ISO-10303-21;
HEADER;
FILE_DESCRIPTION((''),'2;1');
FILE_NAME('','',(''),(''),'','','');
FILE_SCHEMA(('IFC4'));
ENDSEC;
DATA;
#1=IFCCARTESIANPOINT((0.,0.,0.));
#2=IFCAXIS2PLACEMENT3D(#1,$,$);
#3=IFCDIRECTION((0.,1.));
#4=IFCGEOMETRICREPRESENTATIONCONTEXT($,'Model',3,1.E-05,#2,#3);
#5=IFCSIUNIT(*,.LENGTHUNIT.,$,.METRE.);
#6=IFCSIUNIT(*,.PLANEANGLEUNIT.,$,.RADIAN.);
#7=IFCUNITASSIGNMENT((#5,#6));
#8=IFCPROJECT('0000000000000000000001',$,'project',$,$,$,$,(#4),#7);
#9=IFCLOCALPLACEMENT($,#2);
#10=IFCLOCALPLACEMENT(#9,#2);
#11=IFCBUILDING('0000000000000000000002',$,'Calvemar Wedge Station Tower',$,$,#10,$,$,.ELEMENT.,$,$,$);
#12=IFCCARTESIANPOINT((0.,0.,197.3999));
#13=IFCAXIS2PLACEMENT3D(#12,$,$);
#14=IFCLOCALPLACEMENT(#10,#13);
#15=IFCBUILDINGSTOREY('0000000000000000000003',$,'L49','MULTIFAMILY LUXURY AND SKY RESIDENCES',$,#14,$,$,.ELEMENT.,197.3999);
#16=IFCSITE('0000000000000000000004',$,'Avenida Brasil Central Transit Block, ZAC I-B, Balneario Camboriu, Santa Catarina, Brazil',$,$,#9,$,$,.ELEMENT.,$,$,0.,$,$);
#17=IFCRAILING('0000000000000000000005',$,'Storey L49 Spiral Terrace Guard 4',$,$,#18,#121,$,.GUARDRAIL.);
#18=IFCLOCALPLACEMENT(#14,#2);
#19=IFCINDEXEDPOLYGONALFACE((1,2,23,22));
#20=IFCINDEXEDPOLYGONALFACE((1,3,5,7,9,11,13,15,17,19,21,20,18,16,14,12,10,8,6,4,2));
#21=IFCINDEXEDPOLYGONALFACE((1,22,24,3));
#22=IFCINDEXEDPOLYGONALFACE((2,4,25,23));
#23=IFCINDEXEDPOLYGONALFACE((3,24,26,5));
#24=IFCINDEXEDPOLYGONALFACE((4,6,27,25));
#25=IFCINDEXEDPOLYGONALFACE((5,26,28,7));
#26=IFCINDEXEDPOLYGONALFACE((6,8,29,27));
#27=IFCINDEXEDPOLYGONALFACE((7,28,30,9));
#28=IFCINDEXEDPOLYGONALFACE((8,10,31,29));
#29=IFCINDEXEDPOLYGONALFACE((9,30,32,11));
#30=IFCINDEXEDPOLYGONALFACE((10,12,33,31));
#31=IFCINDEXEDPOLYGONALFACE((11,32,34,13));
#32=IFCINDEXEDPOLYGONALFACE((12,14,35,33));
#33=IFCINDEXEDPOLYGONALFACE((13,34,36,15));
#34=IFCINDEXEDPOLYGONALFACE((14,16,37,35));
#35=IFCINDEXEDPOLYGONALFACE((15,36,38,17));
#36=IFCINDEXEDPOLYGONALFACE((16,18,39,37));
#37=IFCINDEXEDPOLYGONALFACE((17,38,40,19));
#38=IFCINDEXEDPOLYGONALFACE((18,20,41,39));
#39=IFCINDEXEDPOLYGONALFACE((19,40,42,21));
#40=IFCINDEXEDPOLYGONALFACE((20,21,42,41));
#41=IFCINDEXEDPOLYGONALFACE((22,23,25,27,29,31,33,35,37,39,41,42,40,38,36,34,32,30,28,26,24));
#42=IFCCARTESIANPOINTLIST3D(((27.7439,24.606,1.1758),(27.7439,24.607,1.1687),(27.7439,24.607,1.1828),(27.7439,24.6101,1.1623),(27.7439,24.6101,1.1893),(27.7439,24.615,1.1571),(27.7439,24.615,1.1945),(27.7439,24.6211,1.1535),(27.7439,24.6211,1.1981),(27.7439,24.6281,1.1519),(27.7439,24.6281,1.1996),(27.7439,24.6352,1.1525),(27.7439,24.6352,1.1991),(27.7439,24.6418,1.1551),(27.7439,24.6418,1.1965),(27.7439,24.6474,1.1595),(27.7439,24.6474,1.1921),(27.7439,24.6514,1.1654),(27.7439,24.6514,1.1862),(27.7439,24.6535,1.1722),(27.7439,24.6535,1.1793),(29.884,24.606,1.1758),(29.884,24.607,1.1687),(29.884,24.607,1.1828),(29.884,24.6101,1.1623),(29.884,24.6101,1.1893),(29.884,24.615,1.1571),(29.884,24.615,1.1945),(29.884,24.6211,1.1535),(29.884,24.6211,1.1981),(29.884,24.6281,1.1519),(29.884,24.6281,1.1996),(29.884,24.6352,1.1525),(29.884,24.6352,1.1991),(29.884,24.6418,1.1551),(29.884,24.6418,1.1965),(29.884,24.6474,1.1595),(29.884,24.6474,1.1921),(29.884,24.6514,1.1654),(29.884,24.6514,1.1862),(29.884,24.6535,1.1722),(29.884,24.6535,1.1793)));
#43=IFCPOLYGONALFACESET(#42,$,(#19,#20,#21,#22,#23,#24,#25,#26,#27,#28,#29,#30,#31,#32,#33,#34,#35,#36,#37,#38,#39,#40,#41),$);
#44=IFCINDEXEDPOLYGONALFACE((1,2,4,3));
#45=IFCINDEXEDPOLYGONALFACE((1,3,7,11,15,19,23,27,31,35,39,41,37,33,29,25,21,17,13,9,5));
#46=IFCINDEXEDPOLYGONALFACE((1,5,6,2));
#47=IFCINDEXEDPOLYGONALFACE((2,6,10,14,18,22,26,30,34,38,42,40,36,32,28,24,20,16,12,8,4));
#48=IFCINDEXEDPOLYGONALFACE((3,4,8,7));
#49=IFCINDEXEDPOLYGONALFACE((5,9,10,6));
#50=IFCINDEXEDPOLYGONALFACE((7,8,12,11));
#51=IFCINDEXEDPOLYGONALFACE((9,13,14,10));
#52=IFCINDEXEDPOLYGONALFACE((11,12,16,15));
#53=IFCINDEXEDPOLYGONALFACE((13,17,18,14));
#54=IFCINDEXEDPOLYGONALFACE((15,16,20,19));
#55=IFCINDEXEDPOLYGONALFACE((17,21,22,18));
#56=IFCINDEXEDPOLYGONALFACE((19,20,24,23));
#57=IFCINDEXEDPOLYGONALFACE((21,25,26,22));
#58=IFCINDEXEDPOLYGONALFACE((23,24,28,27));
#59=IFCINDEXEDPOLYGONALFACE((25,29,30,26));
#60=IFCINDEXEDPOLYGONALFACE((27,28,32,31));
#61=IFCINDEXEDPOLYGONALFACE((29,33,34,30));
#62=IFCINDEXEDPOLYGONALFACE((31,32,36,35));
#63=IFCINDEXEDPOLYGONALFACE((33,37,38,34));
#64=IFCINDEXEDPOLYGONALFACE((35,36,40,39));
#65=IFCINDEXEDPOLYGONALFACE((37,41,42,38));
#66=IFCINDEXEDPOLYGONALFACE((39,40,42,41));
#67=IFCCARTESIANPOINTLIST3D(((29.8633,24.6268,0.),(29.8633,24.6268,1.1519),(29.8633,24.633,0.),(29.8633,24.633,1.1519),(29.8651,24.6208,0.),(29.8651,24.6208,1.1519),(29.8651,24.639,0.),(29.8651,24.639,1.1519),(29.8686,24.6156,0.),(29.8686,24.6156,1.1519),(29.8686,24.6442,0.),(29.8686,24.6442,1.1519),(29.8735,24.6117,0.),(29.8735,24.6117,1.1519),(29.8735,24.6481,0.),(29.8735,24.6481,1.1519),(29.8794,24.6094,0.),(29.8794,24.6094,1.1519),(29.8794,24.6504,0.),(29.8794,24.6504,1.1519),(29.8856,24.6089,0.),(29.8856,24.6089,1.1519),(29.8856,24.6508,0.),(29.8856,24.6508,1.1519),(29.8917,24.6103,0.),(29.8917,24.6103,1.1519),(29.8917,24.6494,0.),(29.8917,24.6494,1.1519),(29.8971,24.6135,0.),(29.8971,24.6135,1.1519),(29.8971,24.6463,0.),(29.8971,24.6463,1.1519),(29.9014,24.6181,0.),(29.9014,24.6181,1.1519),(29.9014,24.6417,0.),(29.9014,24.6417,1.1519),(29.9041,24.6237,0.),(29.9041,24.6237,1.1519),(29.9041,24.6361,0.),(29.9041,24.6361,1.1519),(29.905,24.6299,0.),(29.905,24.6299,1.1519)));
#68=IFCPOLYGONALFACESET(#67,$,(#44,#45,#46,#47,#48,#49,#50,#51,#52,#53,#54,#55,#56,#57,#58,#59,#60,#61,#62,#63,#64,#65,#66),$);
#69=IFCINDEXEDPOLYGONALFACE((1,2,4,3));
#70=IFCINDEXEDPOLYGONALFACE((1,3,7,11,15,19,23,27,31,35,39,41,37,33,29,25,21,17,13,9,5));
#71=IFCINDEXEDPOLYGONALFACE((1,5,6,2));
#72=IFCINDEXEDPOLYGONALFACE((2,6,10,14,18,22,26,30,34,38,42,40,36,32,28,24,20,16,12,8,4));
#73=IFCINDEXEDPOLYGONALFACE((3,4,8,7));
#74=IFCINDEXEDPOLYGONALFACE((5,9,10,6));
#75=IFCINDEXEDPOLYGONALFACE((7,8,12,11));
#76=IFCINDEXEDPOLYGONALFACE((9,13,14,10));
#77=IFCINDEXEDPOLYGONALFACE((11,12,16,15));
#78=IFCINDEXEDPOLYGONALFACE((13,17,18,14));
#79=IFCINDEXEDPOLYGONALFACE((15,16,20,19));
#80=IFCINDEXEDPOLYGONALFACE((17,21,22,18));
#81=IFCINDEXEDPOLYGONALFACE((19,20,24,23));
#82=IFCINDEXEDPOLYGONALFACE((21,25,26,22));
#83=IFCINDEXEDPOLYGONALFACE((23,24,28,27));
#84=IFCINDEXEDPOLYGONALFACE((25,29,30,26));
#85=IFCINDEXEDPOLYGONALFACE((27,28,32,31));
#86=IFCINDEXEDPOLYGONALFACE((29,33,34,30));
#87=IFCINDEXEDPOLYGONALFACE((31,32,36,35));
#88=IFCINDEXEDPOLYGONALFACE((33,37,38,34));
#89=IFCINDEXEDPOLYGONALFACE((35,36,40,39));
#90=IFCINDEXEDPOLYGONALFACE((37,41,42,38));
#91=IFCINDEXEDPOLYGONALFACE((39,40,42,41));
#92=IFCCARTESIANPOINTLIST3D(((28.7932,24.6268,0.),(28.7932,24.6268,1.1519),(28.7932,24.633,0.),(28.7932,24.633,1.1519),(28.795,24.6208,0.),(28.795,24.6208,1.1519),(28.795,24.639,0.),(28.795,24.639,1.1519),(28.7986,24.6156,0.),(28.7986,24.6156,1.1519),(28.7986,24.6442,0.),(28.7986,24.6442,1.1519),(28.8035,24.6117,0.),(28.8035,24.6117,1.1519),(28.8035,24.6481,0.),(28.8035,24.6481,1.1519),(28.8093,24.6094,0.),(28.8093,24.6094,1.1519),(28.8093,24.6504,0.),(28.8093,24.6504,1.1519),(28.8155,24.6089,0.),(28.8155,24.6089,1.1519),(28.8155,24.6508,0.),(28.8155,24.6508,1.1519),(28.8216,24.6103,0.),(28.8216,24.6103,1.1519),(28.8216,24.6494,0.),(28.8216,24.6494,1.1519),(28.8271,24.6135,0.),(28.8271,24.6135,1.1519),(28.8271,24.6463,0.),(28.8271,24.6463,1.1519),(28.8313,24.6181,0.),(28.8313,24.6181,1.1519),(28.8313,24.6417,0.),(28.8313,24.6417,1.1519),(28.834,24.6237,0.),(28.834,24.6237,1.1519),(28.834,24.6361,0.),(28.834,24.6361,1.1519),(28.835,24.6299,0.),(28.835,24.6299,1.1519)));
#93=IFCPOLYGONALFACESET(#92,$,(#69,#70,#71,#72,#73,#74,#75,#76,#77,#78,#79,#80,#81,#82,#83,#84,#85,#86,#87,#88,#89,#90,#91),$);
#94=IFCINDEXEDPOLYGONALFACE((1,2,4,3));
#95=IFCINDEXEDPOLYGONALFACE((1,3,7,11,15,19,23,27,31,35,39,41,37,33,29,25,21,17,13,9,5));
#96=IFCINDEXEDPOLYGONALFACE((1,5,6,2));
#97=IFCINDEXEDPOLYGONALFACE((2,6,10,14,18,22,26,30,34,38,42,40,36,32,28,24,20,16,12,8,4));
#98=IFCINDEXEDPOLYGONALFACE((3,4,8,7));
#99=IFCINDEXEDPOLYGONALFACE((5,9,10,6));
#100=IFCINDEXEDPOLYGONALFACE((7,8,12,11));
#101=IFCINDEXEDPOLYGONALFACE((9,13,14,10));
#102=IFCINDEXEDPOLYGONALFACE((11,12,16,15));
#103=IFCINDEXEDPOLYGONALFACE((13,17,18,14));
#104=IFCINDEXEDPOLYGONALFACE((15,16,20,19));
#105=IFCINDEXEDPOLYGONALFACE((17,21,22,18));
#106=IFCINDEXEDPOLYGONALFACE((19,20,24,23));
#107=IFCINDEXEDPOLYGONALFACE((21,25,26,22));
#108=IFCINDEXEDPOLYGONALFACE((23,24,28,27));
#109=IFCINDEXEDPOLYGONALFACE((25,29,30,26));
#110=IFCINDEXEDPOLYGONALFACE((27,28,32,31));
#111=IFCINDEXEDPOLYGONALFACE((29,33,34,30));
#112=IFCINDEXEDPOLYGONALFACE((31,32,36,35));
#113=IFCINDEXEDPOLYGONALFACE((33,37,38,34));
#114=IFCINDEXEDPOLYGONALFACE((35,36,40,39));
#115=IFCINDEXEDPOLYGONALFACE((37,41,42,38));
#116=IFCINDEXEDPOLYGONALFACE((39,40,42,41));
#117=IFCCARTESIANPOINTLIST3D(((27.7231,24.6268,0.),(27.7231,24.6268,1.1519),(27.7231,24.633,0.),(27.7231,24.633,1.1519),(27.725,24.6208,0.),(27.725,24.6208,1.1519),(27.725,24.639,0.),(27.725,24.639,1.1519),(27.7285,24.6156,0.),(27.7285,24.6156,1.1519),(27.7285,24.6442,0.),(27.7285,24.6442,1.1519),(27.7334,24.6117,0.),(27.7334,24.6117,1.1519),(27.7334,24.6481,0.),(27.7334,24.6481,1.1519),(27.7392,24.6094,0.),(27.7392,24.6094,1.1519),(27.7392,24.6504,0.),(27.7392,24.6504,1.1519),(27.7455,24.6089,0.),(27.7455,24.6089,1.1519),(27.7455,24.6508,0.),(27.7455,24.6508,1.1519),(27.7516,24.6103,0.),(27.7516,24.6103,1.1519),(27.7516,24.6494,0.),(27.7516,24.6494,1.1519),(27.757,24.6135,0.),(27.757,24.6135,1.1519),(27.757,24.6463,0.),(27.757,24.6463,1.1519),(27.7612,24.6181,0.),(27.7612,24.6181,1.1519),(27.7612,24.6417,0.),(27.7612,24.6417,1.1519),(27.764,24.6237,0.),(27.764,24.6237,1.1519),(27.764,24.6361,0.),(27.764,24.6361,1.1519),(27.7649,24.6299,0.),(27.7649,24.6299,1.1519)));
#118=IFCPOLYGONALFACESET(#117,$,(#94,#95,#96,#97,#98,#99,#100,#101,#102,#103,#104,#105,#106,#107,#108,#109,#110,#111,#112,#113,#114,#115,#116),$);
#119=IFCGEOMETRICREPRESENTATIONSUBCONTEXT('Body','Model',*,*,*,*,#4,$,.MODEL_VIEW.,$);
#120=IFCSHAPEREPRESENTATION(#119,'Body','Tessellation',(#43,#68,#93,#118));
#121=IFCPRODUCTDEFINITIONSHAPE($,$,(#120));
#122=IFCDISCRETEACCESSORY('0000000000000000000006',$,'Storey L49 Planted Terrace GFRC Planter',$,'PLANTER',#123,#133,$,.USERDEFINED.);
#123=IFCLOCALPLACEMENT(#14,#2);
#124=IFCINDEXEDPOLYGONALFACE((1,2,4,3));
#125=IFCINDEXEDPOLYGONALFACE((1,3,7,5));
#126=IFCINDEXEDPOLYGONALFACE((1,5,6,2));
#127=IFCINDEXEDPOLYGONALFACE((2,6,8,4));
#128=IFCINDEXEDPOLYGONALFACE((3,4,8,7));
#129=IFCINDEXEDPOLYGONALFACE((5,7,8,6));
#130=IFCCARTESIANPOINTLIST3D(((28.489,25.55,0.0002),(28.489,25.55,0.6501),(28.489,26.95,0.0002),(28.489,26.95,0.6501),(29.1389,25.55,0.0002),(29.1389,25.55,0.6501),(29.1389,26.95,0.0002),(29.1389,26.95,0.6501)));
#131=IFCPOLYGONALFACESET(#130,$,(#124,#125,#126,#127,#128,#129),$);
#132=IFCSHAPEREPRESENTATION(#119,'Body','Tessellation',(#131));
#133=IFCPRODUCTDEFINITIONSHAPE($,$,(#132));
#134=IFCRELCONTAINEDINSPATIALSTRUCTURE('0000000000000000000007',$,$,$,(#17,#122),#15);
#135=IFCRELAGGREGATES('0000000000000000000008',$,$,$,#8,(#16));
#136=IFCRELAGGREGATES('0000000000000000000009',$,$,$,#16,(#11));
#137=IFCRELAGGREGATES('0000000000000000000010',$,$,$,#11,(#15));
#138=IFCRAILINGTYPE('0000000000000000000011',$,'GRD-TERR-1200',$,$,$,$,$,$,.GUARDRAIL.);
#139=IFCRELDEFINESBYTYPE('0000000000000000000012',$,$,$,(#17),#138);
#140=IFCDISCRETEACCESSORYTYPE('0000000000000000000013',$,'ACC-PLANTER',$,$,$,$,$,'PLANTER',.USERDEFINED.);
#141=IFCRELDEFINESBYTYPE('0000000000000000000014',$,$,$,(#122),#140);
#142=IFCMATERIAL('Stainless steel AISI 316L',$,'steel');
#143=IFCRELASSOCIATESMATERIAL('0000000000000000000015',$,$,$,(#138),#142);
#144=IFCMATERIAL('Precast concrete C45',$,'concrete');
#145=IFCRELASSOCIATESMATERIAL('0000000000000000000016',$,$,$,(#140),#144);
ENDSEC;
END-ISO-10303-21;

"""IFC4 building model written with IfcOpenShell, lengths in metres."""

from ifc_helpers import new_model, si_unit, direction, frame, origin, origin_2d, place, context, subcontext, project, spatial, rectangle, circle, extrude, source, transform, mapped, material, type_object, element, save


model = new_model("IFC4")

# Units and contexts
model_context = context("Model", 3, precision=1e-05, world=origin(), true_north=direction((0.0, 1.0)))
body_context = subcontext(model_context, "Body", "Model", "MODEL_VIEW")
ifc_project = project(units=[si_unit("LENGTHUNIT", "METRE"), si_unit("PLANEANGLEUNIT", "RADIAN")], contexts=[model_context])

# Site, building, storey
site_placement = place(None, origin())
site = spatial("IfcSite", under=ifc_project, at=site_placement, Name="Avenida Brasil Central Transit Block, ZAC I-B, Balneario Camboriu, Santa Catarina, Brazil", CompositionType="ELEMENT", RefElevation=0.0)
building_placement = place(site_placement, origin())
building = spatial("IfcBuilding", under=site, at=building_placement, Name="Calvemar Wedge Station Tower", CompositionType="ELEMENT")
storey_placement = place(building_placement, frame((0.0, 0.0, 197.3999)))
storey = spatial("IfcBuildingStorey", under=building, at=storey_placement, Name="L49", Description="MULTIFAMILY LUXURY AND SKY RESIDENCES", CompositionType="ELEMENT", Elevation=197.3999)

# Shared definitions
ifc_material_1 = material(Name="Precast concrete C45", Category="concrete")

# Railing
ifc_material_2 = material(Name="Stainless steel AISI 316L", Category="steel")
railing_type = type_object("IfcRailingType", Name="GRD-TERR-1200", PredefinedType="GUARDRAIL", material=ifc_material_2)
railing_1_placement = place(storey_placement, frame((29.884, 24.6299, 0.0)))
element("IfcRailing", 1, at=railing_1_placement, inside=storey, type_object=railing_type, Name="Storey L49 Spiral Terrace Guard 4", PredefinedType="GUARDRAIL", context=body_context, shape_type="SweptSolid", body=[
    extrude(circle(Radius=0.0239, at=origin_2d()), frame((0.0, 0.0, 1.1758), z_axis=(-1.0, 0.0, 0.0), x_axis=(0.0, -1.0, 0.0)), (0.0, 0.0, 1.0), 2.1401),
    extrude(circle(Radius=0.021, at=origin_2d()), origin(), (0.0, 0.0, 1.0), 1.1519),
    extrude(circle(Radius=0.021, at=origin_2d()), frame((-1.0701, 0.0, 0.0)), (0.0, 0.0, 1.0), 1.1519),
    extrude(circle(Radius=0.021, at=origin_2d()), frame((-2.1401, 0.0, 0.0)), (0.0, 0.0, 1.0), 1.1519),
])

# Discrete accessory
discrete_accessory_type = type_object("IfcDiscreteAccessoryType", Name="ACC-PLANTER", ElementType="PLANTER", PredefinedType="USERDEFINED", material=ifc_material_1)
shared_shape_1 = source(origin(), body_context, "Body", "SweptSolid", [
    extrude(rectangle(XDim=0.6499, YDim=1.3999, at=origin_2d()), origin(), (0.0, 0.0, 1.0), 0.6499),
])
discrete_accessory_placement = place(storey_placement, frame((28.814, 26.25, 0.0002), z_axis=(0.0, 0.0, 1.0), x_axis=(1.0, 0.0, 0.0)))
element("IfcDiscreteAccessory", 2, at=discrete_accessory_placement, inside=storey, type_object=discrete_accessory_type, Name="Storey L49 Planted Terrace GFRC Planter", ObjectType="PLANTER", PredefinedType="USERDEFINED", context=body_context, shape_type="MappedRepresentation", body=[
    mapped(shared_shape_1, transform((0.0, 0.0, 0.0), scale=1.0)),
])

save(model, "model.ifc")
